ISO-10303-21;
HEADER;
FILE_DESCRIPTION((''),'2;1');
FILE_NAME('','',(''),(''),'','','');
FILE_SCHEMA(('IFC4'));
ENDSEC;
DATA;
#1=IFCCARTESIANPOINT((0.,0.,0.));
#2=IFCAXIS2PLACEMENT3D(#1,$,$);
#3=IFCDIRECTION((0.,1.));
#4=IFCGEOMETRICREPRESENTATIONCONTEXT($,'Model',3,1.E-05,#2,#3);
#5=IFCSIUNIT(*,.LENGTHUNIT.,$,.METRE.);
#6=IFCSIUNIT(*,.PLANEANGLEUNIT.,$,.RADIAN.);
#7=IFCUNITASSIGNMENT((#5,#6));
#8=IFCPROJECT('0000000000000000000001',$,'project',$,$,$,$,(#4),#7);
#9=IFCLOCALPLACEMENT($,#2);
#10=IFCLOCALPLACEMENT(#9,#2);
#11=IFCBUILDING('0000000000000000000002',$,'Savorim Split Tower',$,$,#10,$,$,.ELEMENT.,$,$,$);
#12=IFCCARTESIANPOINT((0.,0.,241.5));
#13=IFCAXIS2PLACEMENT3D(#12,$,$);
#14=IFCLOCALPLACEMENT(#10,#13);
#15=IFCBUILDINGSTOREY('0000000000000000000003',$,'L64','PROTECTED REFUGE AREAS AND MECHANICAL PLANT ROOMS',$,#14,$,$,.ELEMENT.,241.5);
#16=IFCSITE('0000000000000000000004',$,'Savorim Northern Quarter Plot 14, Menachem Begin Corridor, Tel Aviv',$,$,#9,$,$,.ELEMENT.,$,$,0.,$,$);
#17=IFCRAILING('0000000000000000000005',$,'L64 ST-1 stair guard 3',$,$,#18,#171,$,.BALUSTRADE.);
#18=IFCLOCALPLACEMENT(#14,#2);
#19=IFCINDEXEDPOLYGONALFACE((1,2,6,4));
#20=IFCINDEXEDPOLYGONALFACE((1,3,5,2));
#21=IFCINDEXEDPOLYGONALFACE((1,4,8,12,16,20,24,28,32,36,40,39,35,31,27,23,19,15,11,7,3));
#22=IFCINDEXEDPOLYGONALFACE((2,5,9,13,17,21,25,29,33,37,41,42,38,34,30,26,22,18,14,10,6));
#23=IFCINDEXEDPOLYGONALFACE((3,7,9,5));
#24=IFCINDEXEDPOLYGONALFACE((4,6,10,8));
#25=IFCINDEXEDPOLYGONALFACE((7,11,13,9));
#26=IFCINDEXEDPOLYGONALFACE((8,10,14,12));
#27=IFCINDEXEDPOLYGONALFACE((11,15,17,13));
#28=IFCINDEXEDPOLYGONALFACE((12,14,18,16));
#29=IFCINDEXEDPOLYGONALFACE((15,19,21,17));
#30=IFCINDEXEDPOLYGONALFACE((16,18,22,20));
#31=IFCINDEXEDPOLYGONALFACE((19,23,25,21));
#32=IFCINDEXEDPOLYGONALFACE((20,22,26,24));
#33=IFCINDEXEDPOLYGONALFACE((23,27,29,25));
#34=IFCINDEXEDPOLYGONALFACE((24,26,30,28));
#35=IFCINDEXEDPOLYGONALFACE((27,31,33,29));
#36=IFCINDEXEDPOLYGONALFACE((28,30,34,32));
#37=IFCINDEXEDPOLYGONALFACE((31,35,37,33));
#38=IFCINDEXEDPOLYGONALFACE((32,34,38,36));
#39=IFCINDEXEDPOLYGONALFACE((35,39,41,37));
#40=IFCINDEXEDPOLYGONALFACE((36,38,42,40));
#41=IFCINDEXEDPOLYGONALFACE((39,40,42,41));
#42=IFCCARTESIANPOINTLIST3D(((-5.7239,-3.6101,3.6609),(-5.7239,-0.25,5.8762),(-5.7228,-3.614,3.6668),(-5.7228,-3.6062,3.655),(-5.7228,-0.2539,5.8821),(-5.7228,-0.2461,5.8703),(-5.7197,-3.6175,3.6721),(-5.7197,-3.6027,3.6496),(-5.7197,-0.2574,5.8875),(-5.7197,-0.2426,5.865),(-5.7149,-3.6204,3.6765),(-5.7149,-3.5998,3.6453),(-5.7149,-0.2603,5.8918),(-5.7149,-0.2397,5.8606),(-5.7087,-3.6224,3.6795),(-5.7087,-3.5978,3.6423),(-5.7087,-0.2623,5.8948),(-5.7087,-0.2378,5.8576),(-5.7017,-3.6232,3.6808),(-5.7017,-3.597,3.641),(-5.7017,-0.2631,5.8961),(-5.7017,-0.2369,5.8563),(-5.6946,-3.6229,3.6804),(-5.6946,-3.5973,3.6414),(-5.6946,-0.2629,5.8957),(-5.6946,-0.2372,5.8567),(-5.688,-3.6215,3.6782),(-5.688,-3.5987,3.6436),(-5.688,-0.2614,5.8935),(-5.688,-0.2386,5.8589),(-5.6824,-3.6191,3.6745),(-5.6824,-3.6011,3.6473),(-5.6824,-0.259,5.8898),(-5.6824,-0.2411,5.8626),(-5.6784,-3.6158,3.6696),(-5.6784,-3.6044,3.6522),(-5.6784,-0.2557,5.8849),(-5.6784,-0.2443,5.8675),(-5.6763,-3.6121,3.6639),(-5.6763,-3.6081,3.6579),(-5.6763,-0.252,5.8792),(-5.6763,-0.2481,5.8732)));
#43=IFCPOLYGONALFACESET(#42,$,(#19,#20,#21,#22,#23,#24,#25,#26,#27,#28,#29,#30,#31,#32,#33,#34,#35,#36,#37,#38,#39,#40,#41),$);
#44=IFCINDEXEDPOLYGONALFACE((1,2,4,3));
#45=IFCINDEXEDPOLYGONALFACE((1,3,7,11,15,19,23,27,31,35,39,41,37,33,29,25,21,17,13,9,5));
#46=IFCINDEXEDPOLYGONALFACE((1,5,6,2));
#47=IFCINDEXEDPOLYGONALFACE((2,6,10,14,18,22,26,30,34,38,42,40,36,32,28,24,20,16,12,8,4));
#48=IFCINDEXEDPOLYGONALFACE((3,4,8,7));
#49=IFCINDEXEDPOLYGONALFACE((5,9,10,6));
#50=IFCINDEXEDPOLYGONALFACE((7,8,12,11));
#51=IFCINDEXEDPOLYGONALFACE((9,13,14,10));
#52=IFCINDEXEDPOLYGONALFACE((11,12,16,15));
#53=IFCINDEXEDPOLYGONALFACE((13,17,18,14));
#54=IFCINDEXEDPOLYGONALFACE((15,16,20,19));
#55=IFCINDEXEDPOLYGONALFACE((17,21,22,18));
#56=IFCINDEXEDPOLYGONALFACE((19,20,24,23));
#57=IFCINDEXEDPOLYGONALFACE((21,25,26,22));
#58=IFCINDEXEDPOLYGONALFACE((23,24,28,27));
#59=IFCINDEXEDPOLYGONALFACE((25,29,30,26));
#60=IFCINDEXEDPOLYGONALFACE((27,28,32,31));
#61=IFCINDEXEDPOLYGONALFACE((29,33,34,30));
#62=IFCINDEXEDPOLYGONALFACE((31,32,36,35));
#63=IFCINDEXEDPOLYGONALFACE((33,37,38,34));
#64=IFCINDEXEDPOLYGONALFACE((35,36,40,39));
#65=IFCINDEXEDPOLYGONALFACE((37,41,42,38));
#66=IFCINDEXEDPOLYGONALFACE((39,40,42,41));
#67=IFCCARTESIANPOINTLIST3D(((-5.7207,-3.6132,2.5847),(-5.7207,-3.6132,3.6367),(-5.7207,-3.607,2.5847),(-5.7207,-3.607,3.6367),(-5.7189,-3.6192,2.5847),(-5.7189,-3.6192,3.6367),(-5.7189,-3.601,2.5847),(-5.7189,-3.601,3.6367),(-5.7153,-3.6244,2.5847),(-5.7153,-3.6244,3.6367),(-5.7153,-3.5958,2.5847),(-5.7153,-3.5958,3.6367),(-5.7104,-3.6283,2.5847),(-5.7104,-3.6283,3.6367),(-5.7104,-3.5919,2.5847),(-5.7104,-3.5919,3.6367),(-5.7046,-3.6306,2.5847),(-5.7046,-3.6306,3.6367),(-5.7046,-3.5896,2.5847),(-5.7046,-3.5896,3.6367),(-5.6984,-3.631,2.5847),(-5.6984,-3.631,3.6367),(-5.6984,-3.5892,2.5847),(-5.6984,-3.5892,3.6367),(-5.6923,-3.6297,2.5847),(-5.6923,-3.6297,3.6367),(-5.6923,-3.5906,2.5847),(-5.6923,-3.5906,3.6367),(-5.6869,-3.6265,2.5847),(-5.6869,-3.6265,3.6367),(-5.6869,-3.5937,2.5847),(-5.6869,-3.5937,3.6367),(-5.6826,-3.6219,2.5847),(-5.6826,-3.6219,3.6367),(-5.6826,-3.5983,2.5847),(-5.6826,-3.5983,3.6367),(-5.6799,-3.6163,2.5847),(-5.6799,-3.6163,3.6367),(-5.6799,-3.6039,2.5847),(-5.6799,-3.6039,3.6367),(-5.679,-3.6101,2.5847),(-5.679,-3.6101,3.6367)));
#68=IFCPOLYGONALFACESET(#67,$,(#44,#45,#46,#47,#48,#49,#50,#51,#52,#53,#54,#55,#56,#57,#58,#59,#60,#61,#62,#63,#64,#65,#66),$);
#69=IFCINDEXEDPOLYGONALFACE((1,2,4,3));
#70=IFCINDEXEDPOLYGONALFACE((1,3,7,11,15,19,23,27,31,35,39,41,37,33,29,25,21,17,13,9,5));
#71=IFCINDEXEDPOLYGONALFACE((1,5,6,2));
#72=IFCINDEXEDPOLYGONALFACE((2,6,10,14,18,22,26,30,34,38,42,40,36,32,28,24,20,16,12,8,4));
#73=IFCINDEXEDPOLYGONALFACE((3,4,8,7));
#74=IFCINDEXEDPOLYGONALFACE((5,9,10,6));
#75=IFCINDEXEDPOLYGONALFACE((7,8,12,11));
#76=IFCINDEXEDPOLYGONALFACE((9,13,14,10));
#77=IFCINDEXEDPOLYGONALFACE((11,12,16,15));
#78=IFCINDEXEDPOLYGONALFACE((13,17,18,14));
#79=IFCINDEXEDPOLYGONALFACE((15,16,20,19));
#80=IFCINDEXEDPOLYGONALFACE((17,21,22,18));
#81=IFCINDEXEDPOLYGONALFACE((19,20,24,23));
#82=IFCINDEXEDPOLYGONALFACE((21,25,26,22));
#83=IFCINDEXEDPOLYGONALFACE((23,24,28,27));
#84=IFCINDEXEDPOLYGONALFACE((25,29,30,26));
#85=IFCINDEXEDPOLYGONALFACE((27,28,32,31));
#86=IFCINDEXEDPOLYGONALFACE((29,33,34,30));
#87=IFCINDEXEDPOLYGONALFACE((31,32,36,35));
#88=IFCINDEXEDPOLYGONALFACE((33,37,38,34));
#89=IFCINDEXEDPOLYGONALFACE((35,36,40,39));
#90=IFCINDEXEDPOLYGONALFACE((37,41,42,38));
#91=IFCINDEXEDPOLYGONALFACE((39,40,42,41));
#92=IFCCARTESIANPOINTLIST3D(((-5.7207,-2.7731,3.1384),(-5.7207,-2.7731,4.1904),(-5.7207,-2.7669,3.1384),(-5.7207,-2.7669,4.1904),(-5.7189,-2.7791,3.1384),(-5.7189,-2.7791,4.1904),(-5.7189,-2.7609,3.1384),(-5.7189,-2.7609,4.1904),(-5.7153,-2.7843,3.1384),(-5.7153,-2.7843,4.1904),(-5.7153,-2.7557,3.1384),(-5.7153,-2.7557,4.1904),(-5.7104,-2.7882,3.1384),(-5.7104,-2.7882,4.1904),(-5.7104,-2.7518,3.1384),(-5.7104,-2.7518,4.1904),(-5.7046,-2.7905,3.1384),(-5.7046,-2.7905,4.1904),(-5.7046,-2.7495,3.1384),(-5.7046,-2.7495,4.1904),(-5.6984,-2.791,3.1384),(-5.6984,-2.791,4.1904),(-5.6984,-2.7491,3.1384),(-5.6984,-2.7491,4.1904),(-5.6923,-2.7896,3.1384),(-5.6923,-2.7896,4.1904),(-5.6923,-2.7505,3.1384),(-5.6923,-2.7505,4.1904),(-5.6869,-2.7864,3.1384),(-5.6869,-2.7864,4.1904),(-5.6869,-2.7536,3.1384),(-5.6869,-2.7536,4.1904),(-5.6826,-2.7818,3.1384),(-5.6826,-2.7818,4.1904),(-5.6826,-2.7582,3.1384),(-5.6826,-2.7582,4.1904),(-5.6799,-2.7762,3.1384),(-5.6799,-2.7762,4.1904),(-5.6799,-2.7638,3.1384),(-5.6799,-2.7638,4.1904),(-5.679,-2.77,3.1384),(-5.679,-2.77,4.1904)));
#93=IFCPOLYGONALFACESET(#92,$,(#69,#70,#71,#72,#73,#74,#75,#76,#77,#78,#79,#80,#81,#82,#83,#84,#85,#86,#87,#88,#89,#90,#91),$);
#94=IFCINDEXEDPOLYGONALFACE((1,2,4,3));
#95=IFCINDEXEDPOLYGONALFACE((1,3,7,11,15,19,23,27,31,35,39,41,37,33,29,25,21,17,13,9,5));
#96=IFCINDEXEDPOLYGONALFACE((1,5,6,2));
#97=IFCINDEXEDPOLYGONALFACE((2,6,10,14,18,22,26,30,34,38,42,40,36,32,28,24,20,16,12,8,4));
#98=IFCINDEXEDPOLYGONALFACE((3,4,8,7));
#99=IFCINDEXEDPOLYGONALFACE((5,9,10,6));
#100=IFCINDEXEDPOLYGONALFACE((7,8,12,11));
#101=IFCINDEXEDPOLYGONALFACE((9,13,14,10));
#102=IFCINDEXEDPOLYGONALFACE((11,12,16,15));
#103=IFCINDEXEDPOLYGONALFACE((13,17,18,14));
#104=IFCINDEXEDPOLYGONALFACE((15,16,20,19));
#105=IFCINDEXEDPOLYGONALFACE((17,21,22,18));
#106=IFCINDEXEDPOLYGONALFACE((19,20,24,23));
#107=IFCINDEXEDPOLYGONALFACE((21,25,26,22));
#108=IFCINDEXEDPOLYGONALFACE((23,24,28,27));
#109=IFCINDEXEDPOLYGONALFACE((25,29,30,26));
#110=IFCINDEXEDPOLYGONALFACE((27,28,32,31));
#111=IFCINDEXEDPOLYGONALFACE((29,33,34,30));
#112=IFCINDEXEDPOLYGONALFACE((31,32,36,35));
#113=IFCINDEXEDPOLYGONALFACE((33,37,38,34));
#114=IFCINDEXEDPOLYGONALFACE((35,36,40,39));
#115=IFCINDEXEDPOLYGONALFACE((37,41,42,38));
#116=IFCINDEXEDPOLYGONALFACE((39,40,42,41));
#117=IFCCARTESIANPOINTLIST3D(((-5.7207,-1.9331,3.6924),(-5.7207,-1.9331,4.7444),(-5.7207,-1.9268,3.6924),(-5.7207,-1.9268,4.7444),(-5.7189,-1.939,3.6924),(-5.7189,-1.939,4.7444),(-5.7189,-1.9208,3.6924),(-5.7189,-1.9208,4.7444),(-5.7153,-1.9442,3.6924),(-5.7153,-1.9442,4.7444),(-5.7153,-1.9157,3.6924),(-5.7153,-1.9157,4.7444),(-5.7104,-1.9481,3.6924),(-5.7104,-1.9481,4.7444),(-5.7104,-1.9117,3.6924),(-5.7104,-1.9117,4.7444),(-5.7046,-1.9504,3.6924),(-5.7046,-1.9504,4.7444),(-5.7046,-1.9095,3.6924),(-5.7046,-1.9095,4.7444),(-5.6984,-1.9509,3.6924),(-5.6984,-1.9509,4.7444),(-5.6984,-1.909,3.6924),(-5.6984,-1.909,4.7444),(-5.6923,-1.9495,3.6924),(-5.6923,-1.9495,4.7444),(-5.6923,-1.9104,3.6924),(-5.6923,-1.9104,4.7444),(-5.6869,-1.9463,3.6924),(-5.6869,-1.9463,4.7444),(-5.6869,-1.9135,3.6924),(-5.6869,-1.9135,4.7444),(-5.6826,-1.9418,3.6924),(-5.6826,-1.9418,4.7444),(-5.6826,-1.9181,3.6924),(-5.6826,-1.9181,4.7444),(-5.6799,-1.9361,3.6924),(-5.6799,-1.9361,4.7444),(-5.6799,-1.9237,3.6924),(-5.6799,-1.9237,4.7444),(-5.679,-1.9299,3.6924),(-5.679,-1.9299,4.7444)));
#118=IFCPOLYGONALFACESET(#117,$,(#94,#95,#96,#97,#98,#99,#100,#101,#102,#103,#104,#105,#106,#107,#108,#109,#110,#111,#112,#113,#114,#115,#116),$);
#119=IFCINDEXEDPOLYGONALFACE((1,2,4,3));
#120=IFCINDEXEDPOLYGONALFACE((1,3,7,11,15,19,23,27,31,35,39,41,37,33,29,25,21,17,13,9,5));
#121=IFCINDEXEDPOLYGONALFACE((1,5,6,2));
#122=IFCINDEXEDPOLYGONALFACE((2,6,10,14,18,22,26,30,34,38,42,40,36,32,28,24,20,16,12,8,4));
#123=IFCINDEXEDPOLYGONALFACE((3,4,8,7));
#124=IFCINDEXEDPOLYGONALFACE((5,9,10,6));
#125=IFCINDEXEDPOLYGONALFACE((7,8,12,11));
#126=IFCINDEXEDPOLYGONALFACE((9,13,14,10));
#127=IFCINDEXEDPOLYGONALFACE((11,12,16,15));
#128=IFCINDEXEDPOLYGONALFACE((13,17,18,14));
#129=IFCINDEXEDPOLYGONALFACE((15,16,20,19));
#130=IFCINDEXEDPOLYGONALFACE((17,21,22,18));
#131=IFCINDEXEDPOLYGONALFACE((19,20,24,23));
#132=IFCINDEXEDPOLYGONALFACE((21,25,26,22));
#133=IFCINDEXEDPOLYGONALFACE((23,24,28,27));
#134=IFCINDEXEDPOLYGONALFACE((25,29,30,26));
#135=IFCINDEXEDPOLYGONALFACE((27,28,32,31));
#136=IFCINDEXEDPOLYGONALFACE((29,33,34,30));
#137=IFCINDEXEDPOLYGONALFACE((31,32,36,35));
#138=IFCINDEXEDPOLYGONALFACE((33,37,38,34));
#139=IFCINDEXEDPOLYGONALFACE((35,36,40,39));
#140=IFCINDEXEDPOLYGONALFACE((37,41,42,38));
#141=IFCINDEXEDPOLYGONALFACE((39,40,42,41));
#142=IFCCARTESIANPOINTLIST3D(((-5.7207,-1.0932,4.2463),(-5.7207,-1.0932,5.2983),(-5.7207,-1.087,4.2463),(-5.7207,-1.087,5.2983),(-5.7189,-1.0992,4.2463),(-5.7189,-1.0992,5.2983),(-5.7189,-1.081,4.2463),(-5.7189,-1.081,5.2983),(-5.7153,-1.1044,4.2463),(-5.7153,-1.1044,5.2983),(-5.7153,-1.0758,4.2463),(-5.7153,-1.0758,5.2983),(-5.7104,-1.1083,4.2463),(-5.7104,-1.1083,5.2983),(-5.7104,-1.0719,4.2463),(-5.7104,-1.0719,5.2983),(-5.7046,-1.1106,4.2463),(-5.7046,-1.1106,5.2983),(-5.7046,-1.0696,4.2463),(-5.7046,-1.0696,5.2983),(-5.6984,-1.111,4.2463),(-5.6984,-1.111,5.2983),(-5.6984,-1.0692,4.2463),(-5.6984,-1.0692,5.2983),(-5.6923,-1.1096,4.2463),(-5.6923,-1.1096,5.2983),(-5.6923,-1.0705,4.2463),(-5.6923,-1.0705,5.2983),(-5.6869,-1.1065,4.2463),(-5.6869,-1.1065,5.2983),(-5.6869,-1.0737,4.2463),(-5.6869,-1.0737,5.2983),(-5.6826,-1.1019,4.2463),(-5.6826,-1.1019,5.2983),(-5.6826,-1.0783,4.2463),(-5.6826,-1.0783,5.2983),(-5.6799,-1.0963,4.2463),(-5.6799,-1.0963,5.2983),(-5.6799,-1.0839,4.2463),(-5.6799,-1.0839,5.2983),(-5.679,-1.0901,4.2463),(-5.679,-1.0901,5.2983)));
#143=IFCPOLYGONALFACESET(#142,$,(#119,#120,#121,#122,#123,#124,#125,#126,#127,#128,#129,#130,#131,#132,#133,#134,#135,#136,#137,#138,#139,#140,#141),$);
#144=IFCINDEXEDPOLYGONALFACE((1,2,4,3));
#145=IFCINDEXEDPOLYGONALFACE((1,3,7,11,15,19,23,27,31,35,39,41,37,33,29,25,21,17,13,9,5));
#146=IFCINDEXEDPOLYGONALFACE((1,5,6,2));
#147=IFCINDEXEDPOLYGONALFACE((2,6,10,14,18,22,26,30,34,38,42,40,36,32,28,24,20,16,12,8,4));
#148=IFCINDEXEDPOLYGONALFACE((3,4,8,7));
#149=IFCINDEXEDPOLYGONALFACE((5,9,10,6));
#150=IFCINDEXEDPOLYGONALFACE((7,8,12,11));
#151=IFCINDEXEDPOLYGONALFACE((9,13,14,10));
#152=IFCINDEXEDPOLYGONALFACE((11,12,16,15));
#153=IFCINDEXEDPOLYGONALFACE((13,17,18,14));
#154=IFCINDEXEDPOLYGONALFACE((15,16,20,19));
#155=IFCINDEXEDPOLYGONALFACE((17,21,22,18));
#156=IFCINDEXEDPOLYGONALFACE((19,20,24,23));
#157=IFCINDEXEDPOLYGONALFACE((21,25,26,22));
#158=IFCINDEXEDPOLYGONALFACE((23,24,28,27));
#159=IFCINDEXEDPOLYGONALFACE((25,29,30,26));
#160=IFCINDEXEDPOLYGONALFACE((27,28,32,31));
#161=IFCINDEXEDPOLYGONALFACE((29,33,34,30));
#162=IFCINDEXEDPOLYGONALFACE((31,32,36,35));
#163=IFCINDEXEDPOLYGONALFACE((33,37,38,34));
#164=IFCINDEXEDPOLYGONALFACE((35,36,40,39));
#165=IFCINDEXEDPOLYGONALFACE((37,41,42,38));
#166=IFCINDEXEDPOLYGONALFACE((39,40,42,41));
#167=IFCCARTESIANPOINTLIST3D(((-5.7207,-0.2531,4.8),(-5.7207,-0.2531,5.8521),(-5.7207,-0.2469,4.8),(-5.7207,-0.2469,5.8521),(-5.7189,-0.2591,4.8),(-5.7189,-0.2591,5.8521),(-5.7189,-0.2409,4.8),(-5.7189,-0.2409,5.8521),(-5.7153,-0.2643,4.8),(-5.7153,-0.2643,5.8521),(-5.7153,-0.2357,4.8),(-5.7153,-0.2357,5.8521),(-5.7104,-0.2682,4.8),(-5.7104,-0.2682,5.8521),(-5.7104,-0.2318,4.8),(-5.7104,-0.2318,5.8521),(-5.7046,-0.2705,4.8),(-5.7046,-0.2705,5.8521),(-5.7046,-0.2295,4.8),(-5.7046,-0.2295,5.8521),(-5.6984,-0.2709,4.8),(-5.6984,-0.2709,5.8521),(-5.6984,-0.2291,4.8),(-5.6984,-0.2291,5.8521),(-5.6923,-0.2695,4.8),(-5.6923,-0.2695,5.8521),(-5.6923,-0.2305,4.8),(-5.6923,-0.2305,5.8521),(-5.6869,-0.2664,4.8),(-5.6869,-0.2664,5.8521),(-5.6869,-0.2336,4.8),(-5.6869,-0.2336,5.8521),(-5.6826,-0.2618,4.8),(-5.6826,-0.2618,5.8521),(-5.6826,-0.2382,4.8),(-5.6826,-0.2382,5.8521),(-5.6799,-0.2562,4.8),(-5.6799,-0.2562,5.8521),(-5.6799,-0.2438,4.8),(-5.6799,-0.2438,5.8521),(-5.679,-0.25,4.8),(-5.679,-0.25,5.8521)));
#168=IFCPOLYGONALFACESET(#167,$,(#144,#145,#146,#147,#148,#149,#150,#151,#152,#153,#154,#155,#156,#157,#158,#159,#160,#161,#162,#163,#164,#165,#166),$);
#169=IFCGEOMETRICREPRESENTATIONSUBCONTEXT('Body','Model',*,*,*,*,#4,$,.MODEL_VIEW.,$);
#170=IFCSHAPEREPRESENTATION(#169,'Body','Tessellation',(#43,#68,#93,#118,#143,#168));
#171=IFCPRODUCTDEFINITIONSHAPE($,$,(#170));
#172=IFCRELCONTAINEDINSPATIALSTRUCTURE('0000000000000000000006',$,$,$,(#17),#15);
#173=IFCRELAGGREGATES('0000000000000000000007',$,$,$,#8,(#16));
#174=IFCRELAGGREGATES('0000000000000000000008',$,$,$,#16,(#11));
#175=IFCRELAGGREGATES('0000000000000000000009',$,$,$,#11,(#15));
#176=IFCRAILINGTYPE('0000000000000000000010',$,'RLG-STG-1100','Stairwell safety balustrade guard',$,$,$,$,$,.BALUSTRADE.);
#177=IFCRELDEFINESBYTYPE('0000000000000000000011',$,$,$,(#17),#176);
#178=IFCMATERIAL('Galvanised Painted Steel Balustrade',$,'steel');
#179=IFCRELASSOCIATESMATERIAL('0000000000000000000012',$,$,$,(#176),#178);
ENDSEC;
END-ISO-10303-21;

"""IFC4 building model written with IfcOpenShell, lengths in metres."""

from ifc_helpers import new_model, si_unit, direction, frame, origin, origin_2d, place, context, subcontext, project, spatial, circle, extrude, material, type_object, element, save


model = new_model("IFC4")

# Units and contexts
model_context = context("Model", 3, precision=1e-05, world=origin(), true_north=direction((0.0, 1.0)))
body_context = subcontext(model_context, "Body", "Model", "MODEL_VIEW")
ifc_project = project(units=[si_unit("LENGTHUNIT", "METRE"), si_unit("PLANEANGLEUNIT", "RADIAN")], contexts=[model_context])

# Site, building, storey
site_placement = place(None, origin())
site = spatial("IfcSite", under=ifc_project, at=site_placement, Name="Savorim Northern Quarter Plot 14, Menachem Begin Corridor, Tel Aviv", CompositionType="ELEMENT", RefElevation=0.0)
building_placement = place(site_placement, origin())
building = spatial("IfcBuilding", under=site, at=building_placement, Name="Savorim Split Tower", CompositionType="ELEMENT")
storey_placement = place(building_placement, frame((0.0, 0.0, 241.5)))
storey = spatial("IfcBuildingStorey", under=building, at=storey_placement, Name="L64", Description="PROTECTED REFUGE AREAS AND MECHANICAL PLANT ROOMS", CompositionType="ELEMENT", Elevation=241.5)

# Railing
ifc_material_1 = material(Name="Galvanised Painted Steel Balustrade", Category="steel")
railing_type_1 = type_object("IfcRailingType", Name="RLG-STG-1100", Description="Stairwell safety balustrade guard", PredefinedType="BALUSTRADE", material=ifc_material_1)
railing_1_placement = place(storey_placement, frame((-5.7, -3.6101, 2.5847)))
element("IfcRailing", 1, at=railing_1_placement, inside=storey, type_object=railing_type_1, Name="L64 ST-1 stair guard 3", PredefinedType="BALUSTRADE", context=body_context, shape_type="SweptSolid", body=[
    extrude(circle(Radius=0.0239, at=origin_2d()), frame((0.0, 0.0, 1.0762), z_axis=(0.0, 0.834876, 0.550437), x_axis=(-1.0, 0.0, 0.0)), (0.0, 0.0, 1.0), 4.0247),
    extrude(circle(Radius=0.021, at=origin_2d()), origin(), (0.0, 0.0, 1.0), 1.052),
    extrude(circle(Radius=0.021, at=origin_2d()), frame((0.0, 0.8401, 0.5537)), (0.0, 0.0, 1.0), 1.052),
    extrude(circle(Radius=0.021, at=origin_2d()), frame((0.0, 1.6802, 1.1077)), (0.0, 0.0, 1.0), 1.052),
    extrude(circle(Radius=0.021, at=origin_2d()), frame((0.0, 2.52, 1.6616)), (0.0, 0.0, 1.0), 1.052),
    extrude(circle(Radius=0.021, at=origin_2d()), frame((0.0, 3.3601, 2.2153)), (0.0, 0.0, 1.0), 1.052),
])

save(model, "model.ifc")
